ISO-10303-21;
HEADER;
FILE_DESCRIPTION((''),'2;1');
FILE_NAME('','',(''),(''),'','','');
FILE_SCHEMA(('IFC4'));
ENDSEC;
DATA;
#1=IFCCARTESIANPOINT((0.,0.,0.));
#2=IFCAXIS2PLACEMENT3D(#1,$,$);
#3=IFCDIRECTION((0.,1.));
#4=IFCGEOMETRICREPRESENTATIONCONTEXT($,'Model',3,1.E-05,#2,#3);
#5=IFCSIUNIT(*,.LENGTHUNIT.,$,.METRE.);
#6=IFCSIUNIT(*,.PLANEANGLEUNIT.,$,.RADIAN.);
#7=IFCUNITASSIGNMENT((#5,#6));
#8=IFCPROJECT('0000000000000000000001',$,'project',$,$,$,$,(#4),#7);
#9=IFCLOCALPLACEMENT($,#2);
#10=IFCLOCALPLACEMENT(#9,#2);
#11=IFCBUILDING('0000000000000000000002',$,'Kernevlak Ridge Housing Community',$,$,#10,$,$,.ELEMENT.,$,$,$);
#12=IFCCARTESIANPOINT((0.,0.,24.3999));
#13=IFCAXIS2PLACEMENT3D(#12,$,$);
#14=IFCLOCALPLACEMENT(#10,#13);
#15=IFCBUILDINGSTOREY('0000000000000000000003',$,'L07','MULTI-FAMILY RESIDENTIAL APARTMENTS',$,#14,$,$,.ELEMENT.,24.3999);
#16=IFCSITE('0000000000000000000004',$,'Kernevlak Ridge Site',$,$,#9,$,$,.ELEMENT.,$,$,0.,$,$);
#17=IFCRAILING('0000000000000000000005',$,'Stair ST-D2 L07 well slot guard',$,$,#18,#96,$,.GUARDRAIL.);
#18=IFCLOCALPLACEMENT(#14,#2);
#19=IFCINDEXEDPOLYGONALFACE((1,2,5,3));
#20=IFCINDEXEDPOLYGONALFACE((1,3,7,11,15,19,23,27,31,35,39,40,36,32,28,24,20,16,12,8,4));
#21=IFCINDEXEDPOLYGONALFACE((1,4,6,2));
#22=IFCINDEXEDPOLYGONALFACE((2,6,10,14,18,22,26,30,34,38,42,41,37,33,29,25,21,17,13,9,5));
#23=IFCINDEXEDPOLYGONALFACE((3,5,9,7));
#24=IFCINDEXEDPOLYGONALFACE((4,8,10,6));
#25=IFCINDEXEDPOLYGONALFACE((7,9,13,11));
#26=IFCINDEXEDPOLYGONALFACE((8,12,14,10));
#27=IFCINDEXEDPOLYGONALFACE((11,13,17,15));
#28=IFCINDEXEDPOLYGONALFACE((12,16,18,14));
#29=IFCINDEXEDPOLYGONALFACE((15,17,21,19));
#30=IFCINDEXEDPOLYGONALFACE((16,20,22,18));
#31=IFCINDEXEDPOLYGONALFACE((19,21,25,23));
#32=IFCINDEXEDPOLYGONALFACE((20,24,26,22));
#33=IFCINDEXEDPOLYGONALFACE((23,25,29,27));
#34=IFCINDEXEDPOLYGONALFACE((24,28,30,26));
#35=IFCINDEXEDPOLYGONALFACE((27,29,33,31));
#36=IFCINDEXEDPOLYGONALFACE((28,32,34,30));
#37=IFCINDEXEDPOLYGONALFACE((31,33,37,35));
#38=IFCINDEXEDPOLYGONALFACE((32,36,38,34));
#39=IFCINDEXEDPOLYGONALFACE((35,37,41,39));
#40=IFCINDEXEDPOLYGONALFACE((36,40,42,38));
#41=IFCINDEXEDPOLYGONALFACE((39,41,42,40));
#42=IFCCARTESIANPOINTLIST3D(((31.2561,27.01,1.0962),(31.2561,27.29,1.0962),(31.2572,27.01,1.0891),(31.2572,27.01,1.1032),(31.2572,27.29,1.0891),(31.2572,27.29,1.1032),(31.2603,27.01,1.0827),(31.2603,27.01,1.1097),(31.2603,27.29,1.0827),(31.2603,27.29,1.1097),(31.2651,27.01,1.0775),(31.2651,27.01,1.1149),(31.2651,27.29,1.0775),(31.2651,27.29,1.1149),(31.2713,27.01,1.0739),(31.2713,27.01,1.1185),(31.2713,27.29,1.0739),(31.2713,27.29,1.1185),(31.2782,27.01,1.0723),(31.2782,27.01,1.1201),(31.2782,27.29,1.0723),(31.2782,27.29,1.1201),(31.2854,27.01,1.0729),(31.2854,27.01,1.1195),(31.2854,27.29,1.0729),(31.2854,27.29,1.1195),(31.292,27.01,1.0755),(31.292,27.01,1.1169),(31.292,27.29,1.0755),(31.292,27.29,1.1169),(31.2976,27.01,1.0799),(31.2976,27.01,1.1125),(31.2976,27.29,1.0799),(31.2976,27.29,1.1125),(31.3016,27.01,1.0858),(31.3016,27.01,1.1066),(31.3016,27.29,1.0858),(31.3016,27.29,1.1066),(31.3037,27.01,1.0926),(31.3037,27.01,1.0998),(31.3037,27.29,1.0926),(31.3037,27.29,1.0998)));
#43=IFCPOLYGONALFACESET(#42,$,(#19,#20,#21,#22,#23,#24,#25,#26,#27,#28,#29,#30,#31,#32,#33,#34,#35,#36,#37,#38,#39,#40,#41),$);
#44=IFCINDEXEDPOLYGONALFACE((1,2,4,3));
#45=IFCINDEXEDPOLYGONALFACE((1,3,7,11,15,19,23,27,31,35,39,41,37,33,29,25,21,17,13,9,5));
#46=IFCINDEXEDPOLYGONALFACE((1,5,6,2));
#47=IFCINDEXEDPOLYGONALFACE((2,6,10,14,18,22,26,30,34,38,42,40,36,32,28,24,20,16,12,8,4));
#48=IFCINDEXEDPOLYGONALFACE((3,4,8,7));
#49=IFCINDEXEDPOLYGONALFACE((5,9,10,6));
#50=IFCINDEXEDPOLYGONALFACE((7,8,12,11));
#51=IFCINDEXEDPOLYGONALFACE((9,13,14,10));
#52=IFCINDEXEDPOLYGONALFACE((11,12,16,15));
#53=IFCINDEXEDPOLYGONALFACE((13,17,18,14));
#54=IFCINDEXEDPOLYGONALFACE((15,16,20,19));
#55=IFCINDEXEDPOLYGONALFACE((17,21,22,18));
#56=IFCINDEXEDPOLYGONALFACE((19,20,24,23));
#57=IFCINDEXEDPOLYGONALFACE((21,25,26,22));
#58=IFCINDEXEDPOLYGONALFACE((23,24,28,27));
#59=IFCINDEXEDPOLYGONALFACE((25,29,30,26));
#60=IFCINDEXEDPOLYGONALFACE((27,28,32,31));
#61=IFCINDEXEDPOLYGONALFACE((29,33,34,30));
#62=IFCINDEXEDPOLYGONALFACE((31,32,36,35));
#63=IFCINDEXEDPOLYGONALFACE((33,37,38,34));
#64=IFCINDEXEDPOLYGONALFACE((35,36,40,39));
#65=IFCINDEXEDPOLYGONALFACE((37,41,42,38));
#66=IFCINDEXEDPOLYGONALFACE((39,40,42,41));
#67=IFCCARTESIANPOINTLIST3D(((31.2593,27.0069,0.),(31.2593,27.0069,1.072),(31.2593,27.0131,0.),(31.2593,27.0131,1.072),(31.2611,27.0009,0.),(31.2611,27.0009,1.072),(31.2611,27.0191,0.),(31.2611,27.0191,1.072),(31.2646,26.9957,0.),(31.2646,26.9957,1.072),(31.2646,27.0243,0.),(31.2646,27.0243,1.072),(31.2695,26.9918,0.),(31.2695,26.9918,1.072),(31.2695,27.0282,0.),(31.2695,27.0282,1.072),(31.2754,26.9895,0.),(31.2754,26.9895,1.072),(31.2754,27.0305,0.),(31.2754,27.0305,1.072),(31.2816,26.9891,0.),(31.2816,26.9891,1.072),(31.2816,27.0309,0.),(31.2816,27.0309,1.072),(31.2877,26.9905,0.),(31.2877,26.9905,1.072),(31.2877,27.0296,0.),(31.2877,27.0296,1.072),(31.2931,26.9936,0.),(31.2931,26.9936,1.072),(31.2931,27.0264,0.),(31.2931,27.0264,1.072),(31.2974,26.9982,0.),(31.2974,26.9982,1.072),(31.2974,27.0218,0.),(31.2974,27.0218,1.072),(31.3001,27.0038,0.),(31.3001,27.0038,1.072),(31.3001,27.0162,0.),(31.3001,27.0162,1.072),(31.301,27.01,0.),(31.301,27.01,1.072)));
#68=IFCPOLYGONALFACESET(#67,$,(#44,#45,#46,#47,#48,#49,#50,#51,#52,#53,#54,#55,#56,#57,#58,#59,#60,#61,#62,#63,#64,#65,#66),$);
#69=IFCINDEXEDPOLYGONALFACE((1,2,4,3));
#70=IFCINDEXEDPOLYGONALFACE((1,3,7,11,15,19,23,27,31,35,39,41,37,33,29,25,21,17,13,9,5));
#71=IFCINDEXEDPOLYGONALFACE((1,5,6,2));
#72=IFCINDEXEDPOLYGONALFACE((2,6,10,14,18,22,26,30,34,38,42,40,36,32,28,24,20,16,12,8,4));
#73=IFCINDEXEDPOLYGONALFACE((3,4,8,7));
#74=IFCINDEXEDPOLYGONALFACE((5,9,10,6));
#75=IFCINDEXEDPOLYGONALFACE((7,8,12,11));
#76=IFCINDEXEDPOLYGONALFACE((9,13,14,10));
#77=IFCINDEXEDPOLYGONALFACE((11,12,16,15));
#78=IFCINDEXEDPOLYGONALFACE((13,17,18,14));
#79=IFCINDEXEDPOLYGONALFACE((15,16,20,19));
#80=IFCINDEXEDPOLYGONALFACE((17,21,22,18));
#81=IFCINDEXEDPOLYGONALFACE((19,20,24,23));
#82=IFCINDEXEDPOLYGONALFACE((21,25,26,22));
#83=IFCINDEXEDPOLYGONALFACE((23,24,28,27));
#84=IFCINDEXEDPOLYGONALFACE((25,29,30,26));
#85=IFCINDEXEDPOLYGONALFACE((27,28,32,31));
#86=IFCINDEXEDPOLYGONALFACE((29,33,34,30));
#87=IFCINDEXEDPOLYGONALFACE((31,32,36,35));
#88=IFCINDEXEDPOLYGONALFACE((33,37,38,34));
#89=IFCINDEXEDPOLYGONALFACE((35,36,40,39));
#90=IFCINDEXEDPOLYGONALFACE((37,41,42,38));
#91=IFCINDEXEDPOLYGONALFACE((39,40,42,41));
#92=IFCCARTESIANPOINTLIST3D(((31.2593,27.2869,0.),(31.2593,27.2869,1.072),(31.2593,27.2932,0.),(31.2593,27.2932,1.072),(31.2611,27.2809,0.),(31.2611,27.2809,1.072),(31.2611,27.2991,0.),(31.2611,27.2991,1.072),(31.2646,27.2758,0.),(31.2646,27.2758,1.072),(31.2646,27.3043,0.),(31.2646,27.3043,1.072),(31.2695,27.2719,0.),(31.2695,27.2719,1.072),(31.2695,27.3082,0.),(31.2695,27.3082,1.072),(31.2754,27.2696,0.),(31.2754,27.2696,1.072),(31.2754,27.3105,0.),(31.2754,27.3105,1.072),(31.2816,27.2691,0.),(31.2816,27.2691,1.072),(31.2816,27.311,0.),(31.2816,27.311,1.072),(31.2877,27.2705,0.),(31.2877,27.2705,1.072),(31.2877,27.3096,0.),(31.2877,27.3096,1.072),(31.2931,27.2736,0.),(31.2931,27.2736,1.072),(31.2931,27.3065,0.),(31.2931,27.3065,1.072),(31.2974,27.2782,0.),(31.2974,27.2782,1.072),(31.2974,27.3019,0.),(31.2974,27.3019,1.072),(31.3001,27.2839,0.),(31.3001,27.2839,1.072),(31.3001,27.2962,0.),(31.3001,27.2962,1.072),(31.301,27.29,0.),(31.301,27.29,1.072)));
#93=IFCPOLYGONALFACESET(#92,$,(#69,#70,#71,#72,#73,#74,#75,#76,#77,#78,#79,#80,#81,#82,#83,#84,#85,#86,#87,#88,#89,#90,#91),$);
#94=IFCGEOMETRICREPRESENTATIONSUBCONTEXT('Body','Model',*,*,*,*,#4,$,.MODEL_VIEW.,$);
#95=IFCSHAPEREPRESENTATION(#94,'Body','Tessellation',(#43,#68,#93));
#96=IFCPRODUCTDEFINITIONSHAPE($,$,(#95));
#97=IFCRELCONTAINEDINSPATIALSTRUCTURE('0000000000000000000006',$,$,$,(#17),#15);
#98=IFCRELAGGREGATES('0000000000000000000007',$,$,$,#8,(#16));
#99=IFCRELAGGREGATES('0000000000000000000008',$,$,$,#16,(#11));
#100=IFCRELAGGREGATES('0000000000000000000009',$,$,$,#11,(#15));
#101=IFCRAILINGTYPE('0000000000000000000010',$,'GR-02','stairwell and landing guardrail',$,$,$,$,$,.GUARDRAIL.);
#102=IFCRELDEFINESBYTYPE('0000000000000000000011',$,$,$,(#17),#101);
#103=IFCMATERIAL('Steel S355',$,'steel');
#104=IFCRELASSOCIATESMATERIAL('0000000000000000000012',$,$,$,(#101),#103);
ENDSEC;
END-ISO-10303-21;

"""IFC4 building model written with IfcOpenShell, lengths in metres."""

from ifc_helpers import new_model, si_unit, direction, frame, origin, origin_2d, place, context, subcontext, project, spatial, circle, extrude, material, type_object, element, save


model = new_model("IFC4")

# Units and contexts
model_context = context("Model", 3, precision=1e-05, world=origin(), true_north=direction((0.0, 1.0)))
body_context = subcontext(model_context, "Body", "Model", "MODEL_VIEW")
ifc_project = project(units=[si_unit("LENGTHUNIT", "METRE"), si_unit("PLANEANGLEUNIT", "RADIAN")], contexts=[model_context])

# Site, building, storey
site_placement = place(None, origin())
site = spatial("IfcSite", under=ifc_project, at=site_placement, Name="Kernevlak Ridge Site", CompositionType="ELEMENT", RefElevation=0.0)
building_placement = place(site_placement, origin())
building = spatial("IfcBuilding", under=site, at=building_placement, Name="Kernevlak Ridge Housing Community", CompositionType="ELEMENT")
storey_placement = place(building_placement, frame((0.0, 0.0, 24.3999)))
storey = spatial("IfcBuildingStorey", under=building, at=storey_placement, Name="L07", Description="MULTI-FAMILY RESIDENTIAL APARTMENTS", CompositionType="ELEMENT", Elevation=24.3999)

# Railing
ifc_material_1 = material(Name="Steel S355", Category="steel")
railing_type_1 = type_object("IfcRailingType", Name="GR-02", Description="stairwell and landing guardrail", PredefinedType="GUARDRAIL", material=ifc_material_1)
railing_1_placement = place(storey_placement, frame((31.28, 27.01, 0.0)))
element("IfcRailing", 1, at=railing_1_placement, inside=storey, type_object=railing_type_1, Name="Stair ST-D2 L07 well slot guard", PredefinedType="GUARDRAIL", context=body_context, shape_type="SweptSolid", body=[
    extrude(circle(Radius=0.0239, at=origin_2d()), frame((0.0, 0.0, 1.0962), z_axis=(0.0, 1.0, 0.0), x_axis=(-1.0, 0.0, 0.0)), (0.0, 0.0, 1.0), 0.28),
    extrude(circle(Radius=0.021, at=origin_2d()), origin(), (0.0, 0.0, 1.0), 1.072),
    extrude(circle(Radius=0.021, at=origin_2d()), frame((0.0, 0.28, 0.0)), (0.0, 0.0, 1.0), 1.072),
])

save(model, "model.ifc")
